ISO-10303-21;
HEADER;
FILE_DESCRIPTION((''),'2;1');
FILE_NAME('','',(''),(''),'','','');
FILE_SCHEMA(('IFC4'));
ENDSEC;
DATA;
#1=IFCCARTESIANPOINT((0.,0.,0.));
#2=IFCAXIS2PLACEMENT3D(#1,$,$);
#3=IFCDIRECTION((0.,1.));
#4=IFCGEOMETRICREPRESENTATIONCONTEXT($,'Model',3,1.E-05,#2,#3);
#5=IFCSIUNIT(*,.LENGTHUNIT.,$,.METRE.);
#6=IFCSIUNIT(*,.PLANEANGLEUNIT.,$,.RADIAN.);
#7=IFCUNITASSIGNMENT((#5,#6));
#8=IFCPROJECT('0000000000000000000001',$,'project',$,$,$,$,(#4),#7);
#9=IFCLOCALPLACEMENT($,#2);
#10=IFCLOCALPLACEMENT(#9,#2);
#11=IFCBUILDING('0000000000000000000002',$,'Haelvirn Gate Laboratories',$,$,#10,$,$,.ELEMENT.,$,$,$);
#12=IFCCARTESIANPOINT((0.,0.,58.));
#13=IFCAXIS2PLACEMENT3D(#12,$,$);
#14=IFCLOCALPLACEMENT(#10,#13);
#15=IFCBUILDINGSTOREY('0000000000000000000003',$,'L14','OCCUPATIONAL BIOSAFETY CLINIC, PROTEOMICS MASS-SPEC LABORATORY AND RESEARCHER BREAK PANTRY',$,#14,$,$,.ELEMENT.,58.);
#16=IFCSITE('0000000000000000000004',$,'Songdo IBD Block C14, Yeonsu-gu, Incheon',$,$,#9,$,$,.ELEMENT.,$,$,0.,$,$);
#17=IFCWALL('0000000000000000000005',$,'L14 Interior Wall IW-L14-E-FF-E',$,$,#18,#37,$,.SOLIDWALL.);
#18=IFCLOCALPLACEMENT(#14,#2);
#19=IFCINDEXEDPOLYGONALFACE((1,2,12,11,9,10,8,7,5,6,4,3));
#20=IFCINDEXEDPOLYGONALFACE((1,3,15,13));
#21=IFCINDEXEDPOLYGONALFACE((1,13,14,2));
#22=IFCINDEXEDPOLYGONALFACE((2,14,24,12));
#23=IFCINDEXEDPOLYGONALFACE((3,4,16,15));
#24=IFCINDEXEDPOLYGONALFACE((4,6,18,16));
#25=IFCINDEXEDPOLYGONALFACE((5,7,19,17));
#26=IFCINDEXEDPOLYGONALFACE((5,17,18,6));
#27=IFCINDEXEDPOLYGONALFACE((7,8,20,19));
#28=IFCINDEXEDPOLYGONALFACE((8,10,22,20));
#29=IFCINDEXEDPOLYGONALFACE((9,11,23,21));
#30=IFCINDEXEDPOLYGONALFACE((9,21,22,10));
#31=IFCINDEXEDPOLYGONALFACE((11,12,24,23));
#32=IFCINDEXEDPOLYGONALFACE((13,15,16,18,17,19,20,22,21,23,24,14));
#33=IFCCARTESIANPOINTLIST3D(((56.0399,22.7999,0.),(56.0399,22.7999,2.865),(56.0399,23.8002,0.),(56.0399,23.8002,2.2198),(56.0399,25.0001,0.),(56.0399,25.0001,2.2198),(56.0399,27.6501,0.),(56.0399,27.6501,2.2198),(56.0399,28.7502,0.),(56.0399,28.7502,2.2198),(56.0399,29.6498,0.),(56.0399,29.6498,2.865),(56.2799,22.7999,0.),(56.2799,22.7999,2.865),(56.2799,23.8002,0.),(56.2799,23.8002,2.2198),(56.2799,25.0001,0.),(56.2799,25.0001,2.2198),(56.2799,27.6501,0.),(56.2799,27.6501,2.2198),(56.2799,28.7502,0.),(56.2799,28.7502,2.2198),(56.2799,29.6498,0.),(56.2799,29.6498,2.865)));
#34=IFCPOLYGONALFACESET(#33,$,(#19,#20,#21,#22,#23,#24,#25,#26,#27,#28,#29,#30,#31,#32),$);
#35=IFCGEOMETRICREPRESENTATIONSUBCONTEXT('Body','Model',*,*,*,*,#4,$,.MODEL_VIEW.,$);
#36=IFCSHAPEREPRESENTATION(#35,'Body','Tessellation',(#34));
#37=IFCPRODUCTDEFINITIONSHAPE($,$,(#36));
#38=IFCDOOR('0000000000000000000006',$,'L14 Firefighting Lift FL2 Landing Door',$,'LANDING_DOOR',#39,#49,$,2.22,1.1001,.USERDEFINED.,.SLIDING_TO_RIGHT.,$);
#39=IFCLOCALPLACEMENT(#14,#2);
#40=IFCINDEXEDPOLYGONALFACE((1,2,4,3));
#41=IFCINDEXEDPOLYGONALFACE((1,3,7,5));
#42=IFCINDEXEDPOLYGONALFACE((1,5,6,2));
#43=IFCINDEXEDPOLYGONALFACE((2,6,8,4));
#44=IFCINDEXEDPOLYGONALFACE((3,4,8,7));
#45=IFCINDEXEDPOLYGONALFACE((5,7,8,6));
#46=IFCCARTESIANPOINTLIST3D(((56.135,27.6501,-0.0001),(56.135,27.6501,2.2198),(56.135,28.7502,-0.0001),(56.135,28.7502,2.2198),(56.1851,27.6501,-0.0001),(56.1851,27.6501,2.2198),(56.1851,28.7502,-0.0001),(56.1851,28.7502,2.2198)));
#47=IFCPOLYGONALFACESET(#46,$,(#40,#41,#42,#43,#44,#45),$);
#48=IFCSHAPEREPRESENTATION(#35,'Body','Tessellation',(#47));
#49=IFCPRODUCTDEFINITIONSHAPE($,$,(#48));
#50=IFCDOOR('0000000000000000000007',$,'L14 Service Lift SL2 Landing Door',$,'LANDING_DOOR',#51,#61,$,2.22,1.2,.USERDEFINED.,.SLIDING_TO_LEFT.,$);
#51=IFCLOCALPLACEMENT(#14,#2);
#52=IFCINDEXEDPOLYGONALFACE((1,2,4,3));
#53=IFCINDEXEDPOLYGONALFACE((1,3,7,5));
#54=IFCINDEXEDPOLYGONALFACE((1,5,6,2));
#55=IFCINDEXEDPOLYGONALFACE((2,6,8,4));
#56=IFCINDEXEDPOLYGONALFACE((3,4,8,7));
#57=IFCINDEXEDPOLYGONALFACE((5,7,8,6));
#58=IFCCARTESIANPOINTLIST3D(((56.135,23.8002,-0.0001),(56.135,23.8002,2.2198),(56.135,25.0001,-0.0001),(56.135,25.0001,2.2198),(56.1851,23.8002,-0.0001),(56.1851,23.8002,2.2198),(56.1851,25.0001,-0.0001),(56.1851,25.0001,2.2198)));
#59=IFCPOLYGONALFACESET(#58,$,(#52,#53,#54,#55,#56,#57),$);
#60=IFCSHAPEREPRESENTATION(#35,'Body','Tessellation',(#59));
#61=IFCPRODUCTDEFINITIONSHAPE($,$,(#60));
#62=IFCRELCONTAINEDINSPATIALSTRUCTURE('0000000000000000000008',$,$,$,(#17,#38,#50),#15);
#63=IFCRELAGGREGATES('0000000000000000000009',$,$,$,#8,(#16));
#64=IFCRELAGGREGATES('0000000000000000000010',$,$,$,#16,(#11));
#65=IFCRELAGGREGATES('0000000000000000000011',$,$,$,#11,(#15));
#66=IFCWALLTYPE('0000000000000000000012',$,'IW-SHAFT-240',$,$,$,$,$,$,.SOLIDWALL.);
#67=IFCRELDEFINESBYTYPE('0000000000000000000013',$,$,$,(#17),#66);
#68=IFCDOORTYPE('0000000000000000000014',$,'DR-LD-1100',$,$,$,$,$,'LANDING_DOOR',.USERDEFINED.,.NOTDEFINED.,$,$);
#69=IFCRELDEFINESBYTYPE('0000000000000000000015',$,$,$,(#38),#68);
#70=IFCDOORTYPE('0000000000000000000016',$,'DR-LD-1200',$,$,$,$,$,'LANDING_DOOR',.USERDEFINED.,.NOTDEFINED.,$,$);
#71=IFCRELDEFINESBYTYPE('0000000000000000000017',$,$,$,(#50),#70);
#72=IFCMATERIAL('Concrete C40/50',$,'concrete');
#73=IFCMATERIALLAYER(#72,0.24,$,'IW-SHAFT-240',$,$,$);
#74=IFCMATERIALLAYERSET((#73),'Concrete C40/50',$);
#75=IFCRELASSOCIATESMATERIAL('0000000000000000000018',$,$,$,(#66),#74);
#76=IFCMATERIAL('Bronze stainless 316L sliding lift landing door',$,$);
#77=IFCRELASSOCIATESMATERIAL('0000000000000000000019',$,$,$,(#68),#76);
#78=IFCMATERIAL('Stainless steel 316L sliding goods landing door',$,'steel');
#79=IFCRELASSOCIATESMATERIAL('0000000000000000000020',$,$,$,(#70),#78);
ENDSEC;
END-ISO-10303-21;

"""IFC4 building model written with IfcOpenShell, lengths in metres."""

from ifc_helpers import new_model, si_unit, direction, frame, frame_2d, origin, place, context, subcontext, project, spatial, rectangle, extrude, source, transform, mapped, material, layer, layer_set, type_object, type_shapes, element, fill, save


model = new_model("IFC4")

# Units and contexts
model_context = context("Model", 3, precision=1e-05, world=origin(), true_north=direction((0.0, 1.0)))
body_context = subcontext(model_context, "Body", "Model", "MODEL_VIEW")
ifc_project = project(units=[si_unit("LENGTHUNIT", "METRE"), si_unit("PLANEANGLEUNIT", "RADIAN")], contexts=[model_context])

# Site, building, storey
site_placement = place(None, origin())
site = spatial("IfcSite", under=ifc_project, at=site_placement, Name="Songdo IBD Block C14, Yeonsu-gu, Incheon", CompositionType="ELEMENT", RefElevation=0.0)
building_placement = place(site_placement, origin())
building = spatial("IfcBuilding", under=site, at=building_placement, Name="Haelvirn Gate Laboratories", CompositionType="ELEMENT")
storey_placement = place(building_placement, frame((0.0, 0.0, 58.0)))
storey = spatial("IfcBuildingStorey", under=building, at=storey_placement, Name="L14", Description="OCCUPATIONAL BIOSAFETY CLINIC, PROTEOMICS MASS-SPEC LABORATORY AND RESEARCHER BREAK PANTRY", CompositionType="ELEMENT", Elevation=58.0)

# Shared definitions
ifc_material_1 = material(Name="Concrete C40/50", Category="concrete")

# Shared definitions
ifc_layer_1 = layer(ifc_material_1, 0.24, Name="IW-SHAFT-240")
ifc_layer_set_1 = layer_set([ifc_layer_1], Name="Concrete C40/50")
wall_type_1 = type_object("IfcWallType", Name="IW-SHAFT-240", PredefinedType="SOLIDWALL", material=ifc_layer_set_1)

# Wall, openings, doors
wall_1_placement = place(storey_placement, frame((56.1599, 22.8, 0.0), z_axis=(0.0, 0.0, 1.0), x_axis=(0.0, 1.0, 0.0)))
wall_1 = element("IfcWall", 1, at=wall_1_placement, inside=storey, type_object=wall_type_1, Name="L14 Interior Wall IW-L14-E-FF-E", PredefinedType="SOLIDWALL", context=body_context, shape_type="SweptSolid", body=[
    extrude(rectangle(XDim=6.8499, YDim=0.24, at=frame_2d((3.4248, 0.0))), origin(), (0.0, 0.0, 1.0), 2.865),
])
opening_1_placement = place(wall_1_placement, frame((4.8501, 0.0, 0.0)))
opening_1 = element("IfcOpeningElement", 2, at=opening_1_placement, cuts=wall_1, PredefinedType="OPENING", context=body_context, shape_type="SweptSolid", body=[
    extrude(rectangle(XDim=1.1001, YDim=2.22, at=frame_2d((0.55, 1.1099))), frame((0.0, 0.1299, 0.0), z_axis=(0.0, -1.0, 0.0), x_axis=(1.0, 0.0, 0.0)), (0.0, 0.0, 1.0), 0.26),
])
opening_2_placement = place(wall_1_placement, frame((1.0, 0.0, 0.0)))
opening_2 = element("IfcOpeningElement", 3, at=opening_2_placement, cuts=wall_1, PredefinedType="OPENING", context=body_context, shape_type="SweptSolid", body=[
    extrude(rectangle(XDim=1.2, YDim=2.22, at=frame_2d((0.6001, 1.1099))), frame((0.0, 0.1299, 0.0), z_axis=(0.0, -1.0, 0.0), x_axis=(1.0, 0.0, 0.0)), (0.0, 0.0, 1.0), 0.26),
])
ifc_material_2 = material(Name="Bronze stainless 316L sliding lift landing door")
door_type_1 = type_object("IfcDoorType", Name="DR-LD-1100", ElementType="LANDING_DOOR", OperationType="NOTDEFINED", PredefinedType="USERDEFINED", material=ifc_material_2)
shared_shape_1 = source(origin(), body_context, "Body", "SweptSolid", [
    extrude(rectangle(XDim=1.1001, YDim=2.22, at=frame_2d((0.55, 1.1099))), frame((0.0, 0.0249, 0.0), z_axis=(0.0, -1.0, 0.0), x_axis=(1.0, 0.0, 0.0)), (0.0, 0.0, 1.0), 0.05),
])
type_shapes(door_type_1, [shared_shape_1])
door_1_placement = place(opening_1_placement, origin())
door_1 = element("IfcDoor", 4, at=door_1_placement, inside=storey, type_object=door_type_1, Name="L14 Firefighting Lift FL2 Landing Door", ObjectType="LANDING_DOOR", OperationType="SLIDING_TO_RIGHT", OverallHeight=2.22, OverallWidth=1.1001, PredefinedType="USERDEFINED", context=body_context, shape_type="MappedRepresentation", body=[
    mapped(shared_shape_1, transform((0.0, 0.0, 0.0), scale=1.0)),
])
fill(opening_1, door_1)
ifc_material_3 = material(Name="Stainless steel 316L sliding goods landing door", Category="steel")
door_type_2 = type_object("IfcDoorType", Name="DR-LD-1200", ElementType="LANDING_DOOR", OperationType="NOTDEFINED", PredefinedType="USERDEFINED", material=ifc_material_3)
shared_shape_2 = source(origin(), body_context, "Body", "SweptSolid", [
    extrude(rectangle(XDim=1.2, YDim=2.22, at=frame_2d((0.6001, 1.1099))), frame((0.0, 0.0249, 0.0), z_axis=(0.0, -1.0, 0.0), x_axis=(1.0, 0.0, 0.0)), (0.0, 0.0, 1.0), 0.05),
])
type_shapes(door_type_2, [shared_shape_2])
door_2_placement = place(opening_2_placement, origin())
door_2 = element("IfcDoor", 5, at=door_2_placement, inside=storey, type_object=door_type_2, Name="L14 Service Lift SL2 Landing Door", ObjectType="LANDING_DOOR", OperationType="SLIDING_TO_LEFT", OverallHeight=2.22, OverallWidth=1.2, PredefinedType="USERDEFINED", context=body_context, shape_type="MappedRepresentation", body=[
    mapped(shared_shape_2, transform((0.0, 0.0, 0.0), scale=1.0)),
])
fill(opening_2, door_2)

save(model, "model.ifc")
